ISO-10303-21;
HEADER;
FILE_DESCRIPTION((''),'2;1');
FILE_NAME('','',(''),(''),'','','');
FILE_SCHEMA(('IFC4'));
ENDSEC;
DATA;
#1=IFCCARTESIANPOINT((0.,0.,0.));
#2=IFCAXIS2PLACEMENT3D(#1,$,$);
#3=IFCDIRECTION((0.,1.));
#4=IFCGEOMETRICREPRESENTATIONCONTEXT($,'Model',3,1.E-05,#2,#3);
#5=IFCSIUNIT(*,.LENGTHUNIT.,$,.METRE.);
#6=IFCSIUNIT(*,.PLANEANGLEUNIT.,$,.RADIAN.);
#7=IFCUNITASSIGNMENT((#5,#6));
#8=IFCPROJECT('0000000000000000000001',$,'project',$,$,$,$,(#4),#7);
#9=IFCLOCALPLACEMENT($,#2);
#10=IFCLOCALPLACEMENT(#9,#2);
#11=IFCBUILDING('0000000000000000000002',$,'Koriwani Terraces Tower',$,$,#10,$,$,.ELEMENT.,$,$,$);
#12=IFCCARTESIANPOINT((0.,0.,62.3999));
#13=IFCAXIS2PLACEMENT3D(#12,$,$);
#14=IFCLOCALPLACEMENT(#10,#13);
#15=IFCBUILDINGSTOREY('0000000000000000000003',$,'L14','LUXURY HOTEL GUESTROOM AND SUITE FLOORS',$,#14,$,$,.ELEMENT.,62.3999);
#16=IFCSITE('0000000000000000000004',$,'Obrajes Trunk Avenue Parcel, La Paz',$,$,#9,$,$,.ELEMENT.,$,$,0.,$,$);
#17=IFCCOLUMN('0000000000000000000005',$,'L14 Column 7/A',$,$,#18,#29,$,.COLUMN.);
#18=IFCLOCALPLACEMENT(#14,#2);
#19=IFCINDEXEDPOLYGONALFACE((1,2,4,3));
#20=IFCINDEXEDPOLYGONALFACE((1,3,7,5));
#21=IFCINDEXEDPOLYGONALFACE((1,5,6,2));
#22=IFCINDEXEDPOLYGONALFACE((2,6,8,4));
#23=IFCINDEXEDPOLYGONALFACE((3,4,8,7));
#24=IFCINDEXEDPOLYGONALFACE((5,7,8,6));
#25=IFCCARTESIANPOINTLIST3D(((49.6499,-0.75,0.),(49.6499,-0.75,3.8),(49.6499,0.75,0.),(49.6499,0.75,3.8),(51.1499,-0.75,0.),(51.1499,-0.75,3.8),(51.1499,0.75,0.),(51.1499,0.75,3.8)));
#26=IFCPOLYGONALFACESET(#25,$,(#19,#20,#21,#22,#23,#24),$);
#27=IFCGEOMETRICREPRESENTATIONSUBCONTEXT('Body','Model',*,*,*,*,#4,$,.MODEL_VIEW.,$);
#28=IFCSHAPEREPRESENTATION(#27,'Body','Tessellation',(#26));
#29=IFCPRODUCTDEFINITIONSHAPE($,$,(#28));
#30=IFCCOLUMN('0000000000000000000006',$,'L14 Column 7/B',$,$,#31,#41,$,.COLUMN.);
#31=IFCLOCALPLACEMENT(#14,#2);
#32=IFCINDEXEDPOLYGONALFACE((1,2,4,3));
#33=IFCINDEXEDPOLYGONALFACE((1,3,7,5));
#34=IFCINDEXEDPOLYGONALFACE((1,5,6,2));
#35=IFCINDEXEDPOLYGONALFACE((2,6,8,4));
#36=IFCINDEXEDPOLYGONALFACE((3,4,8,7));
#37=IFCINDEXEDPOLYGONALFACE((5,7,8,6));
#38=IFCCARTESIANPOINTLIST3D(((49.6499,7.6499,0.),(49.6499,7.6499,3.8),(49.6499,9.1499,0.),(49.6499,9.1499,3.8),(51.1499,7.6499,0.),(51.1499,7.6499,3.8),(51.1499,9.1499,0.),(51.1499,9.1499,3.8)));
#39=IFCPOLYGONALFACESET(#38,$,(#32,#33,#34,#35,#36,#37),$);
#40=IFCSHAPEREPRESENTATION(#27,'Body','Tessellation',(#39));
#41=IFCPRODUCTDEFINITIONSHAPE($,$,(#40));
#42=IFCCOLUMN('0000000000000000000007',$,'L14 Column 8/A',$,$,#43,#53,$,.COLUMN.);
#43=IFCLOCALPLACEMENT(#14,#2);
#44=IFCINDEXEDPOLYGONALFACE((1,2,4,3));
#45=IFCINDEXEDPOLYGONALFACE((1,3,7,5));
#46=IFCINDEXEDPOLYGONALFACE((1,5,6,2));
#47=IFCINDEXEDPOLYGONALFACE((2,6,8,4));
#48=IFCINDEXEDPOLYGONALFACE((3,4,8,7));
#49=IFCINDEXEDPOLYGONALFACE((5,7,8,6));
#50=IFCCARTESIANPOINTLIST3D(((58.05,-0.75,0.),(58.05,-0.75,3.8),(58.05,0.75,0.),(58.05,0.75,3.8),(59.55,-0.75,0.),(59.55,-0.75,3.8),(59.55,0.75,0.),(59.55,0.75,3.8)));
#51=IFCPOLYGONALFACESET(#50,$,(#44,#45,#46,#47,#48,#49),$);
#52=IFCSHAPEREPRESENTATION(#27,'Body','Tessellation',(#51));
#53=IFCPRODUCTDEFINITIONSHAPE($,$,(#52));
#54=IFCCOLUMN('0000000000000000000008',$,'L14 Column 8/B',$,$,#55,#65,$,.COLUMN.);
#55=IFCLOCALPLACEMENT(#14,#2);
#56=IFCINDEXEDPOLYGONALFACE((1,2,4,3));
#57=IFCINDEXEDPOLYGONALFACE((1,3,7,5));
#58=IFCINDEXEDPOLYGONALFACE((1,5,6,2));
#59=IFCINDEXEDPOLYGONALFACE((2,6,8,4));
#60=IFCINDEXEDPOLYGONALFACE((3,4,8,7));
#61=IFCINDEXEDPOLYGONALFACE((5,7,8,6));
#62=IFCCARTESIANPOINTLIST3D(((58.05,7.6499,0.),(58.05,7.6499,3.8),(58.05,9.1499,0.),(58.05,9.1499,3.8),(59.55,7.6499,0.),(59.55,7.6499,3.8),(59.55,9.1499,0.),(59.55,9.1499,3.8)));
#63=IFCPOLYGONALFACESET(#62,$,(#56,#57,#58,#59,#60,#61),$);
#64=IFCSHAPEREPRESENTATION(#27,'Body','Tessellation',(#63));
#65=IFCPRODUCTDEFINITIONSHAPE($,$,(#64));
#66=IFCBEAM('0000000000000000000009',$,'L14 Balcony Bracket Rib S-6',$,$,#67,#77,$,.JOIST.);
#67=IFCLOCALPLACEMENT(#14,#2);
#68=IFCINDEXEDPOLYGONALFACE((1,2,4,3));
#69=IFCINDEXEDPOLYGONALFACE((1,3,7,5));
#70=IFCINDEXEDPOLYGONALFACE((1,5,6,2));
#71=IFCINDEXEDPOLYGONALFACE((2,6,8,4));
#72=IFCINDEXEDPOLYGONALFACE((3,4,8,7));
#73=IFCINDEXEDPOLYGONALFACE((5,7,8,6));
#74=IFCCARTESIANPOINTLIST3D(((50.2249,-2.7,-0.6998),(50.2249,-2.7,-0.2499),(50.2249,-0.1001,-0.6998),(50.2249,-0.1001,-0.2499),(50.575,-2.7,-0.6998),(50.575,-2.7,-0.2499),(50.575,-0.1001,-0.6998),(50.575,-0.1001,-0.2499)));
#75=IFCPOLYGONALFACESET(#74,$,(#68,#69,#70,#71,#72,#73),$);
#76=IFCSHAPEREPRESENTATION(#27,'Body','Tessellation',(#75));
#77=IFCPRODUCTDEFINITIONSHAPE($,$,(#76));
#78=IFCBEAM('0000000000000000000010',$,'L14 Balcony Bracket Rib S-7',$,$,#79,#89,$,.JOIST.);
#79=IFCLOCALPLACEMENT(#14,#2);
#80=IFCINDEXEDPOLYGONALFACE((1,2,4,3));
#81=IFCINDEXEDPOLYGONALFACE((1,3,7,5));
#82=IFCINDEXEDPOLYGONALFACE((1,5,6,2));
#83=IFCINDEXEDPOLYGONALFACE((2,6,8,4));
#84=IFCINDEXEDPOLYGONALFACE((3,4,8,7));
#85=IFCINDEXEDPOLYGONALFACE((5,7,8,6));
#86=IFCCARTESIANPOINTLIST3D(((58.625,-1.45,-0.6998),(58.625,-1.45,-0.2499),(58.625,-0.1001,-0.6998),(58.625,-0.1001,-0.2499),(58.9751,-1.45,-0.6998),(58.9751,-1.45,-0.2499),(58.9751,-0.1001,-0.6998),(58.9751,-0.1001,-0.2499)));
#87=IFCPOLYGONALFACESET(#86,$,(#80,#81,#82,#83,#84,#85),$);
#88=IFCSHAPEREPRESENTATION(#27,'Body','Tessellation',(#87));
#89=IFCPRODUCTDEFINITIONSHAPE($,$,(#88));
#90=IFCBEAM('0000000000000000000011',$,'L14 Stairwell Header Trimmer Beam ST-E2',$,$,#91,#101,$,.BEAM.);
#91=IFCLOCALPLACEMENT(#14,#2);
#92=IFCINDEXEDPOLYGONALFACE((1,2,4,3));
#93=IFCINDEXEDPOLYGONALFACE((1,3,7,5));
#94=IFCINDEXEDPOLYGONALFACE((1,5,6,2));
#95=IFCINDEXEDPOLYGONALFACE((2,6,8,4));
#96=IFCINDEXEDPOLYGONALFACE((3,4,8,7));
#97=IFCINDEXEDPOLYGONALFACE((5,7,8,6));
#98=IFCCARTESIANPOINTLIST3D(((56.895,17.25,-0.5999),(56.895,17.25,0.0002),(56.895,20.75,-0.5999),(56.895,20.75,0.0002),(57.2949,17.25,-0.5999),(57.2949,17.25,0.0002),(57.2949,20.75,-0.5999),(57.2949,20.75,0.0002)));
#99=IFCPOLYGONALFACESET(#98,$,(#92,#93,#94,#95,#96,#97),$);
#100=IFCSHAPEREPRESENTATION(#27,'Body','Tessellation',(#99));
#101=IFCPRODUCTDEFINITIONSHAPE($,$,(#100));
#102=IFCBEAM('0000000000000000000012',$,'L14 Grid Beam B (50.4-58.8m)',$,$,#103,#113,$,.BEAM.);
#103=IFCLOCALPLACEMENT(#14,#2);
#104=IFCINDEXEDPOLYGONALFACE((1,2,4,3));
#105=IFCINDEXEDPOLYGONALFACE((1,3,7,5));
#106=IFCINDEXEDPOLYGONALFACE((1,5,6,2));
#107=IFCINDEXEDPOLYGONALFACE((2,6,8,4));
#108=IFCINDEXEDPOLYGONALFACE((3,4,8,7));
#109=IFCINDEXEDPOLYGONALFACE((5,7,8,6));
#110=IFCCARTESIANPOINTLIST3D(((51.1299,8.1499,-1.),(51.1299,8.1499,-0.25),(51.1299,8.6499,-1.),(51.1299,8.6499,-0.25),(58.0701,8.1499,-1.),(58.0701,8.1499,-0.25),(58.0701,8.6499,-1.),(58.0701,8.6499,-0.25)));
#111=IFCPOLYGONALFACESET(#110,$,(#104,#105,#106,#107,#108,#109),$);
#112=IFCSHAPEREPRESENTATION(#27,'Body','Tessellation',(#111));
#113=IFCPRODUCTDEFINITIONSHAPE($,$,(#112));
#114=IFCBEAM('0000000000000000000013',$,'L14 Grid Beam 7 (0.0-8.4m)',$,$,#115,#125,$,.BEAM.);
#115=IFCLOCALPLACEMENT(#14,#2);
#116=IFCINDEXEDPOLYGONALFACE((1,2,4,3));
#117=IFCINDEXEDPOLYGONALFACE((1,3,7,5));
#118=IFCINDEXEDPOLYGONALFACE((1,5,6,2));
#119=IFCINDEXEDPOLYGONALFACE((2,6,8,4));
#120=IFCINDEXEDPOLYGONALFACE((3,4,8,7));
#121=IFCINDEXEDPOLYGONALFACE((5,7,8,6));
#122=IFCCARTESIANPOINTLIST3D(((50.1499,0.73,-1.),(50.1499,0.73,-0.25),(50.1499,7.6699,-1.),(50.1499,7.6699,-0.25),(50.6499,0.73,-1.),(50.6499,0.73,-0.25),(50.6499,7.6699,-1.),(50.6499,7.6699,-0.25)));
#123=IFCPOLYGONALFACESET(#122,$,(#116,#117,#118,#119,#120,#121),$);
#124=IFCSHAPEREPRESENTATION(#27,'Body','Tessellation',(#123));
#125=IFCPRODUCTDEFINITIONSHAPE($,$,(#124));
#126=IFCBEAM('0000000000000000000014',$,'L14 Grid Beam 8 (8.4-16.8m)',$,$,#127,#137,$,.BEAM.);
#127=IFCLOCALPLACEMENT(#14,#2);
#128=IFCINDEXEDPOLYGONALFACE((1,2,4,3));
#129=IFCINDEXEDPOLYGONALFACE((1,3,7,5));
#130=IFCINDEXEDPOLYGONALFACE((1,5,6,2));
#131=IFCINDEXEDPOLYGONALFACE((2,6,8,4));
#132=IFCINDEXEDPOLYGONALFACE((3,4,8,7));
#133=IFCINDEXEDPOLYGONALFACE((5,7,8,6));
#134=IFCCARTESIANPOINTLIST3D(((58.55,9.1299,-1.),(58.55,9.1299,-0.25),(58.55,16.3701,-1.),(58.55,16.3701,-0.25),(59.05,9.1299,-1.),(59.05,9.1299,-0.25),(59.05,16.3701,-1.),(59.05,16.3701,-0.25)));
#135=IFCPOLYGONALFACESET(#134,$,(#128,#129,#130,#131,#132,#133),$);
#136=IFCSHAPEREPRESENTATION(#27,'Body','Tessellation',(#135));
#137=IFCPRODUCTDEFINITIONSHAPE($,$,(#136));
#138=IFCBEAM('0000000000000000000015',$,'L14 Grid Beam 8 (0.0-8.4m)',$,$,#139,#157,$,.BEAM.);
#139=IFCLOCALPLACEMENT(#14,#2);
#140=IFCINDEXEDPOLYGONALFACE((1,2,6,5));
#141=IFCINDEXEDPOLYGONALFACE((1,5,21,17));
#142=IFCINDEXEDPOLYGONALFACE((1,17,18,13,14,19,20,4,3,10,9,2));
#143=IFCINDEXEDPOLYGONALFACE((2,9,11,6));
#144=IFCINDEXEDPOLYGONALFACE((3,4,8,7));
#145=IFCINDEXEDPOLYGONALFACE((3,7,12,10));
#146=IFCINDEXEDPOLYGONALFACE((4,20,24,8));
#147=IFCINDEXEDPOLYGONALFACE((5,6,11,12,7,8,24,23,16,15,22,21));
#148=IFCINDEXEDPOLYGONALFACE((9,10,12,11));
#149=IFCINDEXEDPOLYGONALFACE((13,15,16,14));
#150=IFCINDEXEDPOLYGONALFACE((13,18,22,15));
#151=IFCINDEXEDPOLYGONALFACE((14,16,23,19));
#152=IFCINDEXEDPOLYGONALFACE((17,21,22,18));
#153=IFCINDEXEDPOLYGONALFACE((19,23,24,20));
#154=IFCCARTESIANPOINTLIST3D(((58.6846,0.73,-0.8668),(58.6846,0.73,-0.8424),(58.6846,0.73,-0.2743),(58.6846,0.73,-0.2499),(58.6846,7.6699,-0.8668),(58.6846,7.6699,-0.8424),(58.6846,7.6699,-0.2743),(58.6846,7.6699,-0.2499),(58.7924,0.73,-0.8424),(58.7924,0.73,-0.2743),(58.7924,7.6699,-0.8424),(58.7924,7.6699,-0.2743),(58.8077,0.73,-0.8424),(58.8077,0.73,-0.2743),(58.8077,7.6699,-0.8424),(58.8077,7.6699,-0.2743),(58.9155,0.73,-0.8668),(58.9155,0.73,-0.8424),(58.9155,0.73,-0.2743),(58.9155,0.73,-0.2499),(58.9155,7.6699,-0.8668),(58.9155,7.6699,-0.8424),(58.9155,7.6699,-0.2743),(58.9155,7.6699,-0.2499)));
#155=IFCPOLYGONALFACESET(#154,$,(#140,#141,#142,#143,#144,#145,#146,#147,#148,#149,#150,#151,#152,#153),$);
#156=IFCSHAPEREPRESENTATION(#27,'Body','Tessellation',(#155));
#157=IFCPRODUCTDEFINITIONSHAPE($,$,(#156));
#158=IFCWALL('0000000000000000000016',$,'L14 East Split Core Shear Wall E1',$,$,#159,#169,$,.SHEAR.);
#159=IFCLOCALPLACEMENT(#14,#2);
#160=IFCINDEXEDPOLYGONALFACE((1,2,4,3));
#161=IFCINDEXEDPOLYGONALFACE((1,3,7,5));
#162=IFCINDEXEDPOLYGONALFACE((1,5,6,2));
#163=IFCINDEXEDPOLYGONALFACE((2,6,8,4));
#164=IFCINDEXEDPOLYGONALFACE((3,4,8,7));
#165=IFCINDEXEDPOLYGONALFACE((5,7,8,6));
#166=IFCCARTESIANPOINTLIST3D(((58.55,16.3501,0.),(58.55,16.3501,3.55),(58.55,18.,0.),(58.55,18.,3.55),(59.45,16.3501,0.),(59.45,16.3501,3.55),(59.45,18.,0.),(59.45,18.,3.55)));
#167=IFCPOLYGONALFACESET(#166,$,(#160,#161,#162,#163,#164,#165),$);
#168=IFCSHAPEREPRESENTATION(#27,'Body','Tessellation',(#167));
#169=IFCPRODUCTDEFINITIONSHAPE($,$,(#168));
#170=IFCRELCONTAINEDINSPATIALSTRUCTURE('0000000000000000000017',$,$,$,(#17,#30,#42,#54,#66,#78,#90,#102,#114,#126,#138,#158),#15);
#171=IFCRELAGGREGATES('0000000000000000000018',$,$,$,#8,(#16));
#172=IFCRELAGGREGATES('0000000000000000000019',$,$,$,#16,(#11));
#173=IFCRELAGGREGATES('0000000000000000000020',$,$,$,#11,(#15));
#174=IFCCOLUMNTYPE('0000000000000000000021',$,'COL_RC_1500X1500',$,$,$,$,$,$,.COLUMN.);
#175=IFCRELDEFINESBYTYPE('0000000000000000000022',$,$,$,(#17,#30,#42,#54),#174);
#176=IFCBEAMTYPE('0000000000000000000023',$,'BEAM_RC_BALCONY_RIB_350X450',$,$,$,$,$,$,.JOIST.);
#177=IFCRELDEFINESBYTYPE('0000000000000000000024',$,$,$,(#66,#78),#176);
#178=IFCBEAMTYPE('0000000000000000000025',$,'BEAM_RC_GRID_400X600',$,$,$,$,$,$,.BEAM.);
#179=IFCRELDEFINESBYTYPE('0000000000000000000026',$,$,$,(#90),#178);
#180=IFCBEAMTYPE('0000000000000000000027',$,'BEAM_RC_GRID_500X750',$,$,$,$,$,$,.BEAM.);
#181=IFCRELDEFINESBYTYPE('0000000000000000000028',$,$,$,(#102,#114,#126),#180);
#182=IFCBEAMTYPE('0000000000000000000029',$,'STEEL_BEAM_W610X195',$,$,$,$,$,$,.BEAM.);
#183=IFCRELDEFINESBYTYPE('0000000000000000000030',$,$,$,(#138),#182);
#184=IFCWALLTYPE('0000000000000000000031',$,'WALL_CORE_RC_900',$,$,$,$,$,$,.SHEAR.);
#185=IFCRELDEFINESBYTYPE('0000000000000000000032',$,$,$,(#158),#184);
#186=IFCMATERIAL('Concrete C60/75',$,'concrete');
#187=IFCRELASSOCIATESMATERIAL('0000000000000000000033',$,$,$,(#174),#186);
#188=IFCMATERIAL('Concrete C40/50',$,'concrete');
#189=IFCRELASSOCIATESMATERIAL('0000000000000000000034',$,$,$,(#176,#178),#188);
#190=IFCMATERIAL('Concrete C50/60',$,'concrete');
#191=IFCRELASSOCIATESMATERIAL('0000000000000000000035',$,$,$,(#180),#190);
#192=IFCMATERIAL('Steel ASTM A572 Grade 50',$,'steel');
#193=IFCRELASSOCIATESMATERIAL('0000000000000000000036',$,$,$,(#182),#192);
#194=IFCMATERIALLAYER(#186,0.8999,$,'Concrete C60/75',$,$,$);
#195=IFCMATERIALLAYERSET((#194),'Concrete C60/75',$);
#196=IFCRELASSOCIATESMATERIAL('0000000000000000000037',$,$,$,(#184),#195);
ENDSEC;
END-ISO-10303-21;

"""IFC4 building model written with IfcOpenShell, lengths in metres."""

from ifc_helpers import new_model, si_unit, direction, frame, frame_2d, origin, origin_2d, place, context, subcontext, project, spatial, rectangle, i_section, extrude, material, layer, layer_set, material_profile, profile_set, type_object, element, save


model = new_model("IFC4")

# Units and contexts
model_context = context("Model", 3, precision=1e-05, world=origin(), true_north=direction((0.0, 1.0)))
body_context = subcontext(model_context, "Body", "Model", "MODEL_VIEW")
ifc_project = project(units=[si_unit("LENGTHUNIT", "METRE"), si_unit("PLANEANGLEUNIT", "RADIAN")], contexts=[model_context])

# Site, building, storey
site_placement = place(None, origin())
site = spatial("IfcSite", under=ifc_project, at=site_placement, Name="Obrajes Trunk Avenue Parcel, La Paz", CompositionType="ELEMENT", RefElevation=0.0)
building_placement = place(site_placement, origin())
building = spatial("IfcBuilding", under=site, at=building_placement, Name="Koriwani Terraces Tower", CompositionType="ELEMENT")
storey_placement = place(building_placement, frame((0.0, 0.0, 62.3999)))
storey = spatial("IfcBuildingStorey", under=building, at=storey_placement, Name="L14", Description="LUXURY HOTEL GUESTROOM AND SUITE FLOORS", CompositionType="ELEMENT", Elevation=62.3999)

# Columns
ifc_material_1 = material(Name="Concrete C60/75", Category="concrete")
ifc_material_profile_1 = material_profile(ifc_material_1, rectangle(XDim=1.5, YDim=1.5, at=origin_2d()), Name="Concrete C60/75", Category="LoadBearing")
ifc_profile_set_1 = profile_set([ifc_material_profile_1], Name="Concrete C60/75")
column_type = type_object("IfcColumnType", Name="COL_RC_1500X1500", PredefinedType="COLUMN", material=ifc_profile_set_1)
for number, where, z_axis, x_axis, name in (
    (1, (50.3999, 0.0, 0.0), (0.0, 0.0, 1.0), (1.0, 0.0, 0.0), "L14 Column 7/A"),
    (2, (50.3999, 8.3999, 0.0), (0.0, 0.0, 1.0), (1.0, 0.0, 0.0), "L14 Column 7/B"),
    (3, (58.8, 0.0, 0.0), (0.0, 0.0, 1.0), (1.0, 0.0, 0.0), "L14 Column 8/A"),
    (4, (58.8, 8.3999, 0.0), (0.0, 0.0, 1.0), (1.0, 0.0, 0.0), "L14 Column 8/B"),
):
    element("IfcColumn", number, at=place(storey_placement, frame(where, z_axis=z_axis, x_axis=x_axis)), inside=storey, type_object=column_type, Name=name, PredefinedType="COLUMN", context=body_context, shape_type="SweptSolid", body=[
        extrude(rectangle(XDim=1.5, YDim=1.5, at=origin_2d()), origin(), (0.0, 0.0, 1.0), 3.8),
    ])

# Beams
ifc_material_2 = material(Name="Concrete C40/50", Category="concrete")
ifc_material_profile_2 = material_profile(ifc_material_2, rectangle(XDim=0.3501, YDim=0.45, at=origin_2d()), Name="Concrete C40/50", Category="LoadBearing")
ifc_profile_set_2 = profile_set([ifc_material_profile_2], Name="Concrete C40/50")
beam_type_1 = type_object("IfcBeamType", Name="BEAM_RC_BALCONY_RIB_350X450", PredefinedType="JOIST", material=ifc_profile_set_2)
beam_1_placement = place(storey_placement, frame((50.3999, -2.7, -0.4749), z_axis=(0.0, 1.0, 0.0), x_axis=(-1.0, 0.0, 0.0)))
element("IfcBeam", 5, at=beam_1_placement, inside=storey, type_object=beam_type_1, Name="L14 Balcony Bracket Rib S-6", PredefinedType="JOIST", context=body_context, shape_type="SweptSolid", body=[
    extrude(rectangle(XDim=0.3501, YDim=0.45, at=origin_2d()), origin(), (0.0, 0.0, 1.0), 2.5999),
])
beam_2_placement = place(storey_placement, frame((58.8, -1.45, -0.4749), z_axis=(0.0, 1.0, 0.0), x_axis=(-1.0, 0.0, 0.0)))
element("IfcBeam", 6, at=beam_2_placement, inside=storey, type_object=beam_type_1, Name="L14 Balcony Bracket Rib S-7", PredefinedType="JOIST", context=body_context, shape_type="SweptSolid", body=[
    extrude(rectangle(XDim=0.3501, YDim=0.45, at=origin_2d()), origin(), (0.0, 0.0, 1.0), 1.3499),
])
ifc_material_profile_3 = material_profile(ifc_material_2, rectangle(XDim=0.3999, YDim=0.6001, at=origin_2d()), Name="Concrete C40/50", Category="LoadBearing")
ifc_profile_set_3 = profile_set([ifc_material_profile_3], Name="Concrete C40/50")
beam_type_2 = type_object("IfcBeamType", Name="BEAM_RC_GRID_400X600", PredefinedType="BEAM", material=ifc_profile_set_3)
beam_3_placement = place(storey_placement, frame((57.095, 17.25, -0.2998), z_axis=(0.0, 1.0, 0.0), x_axis=(-1.0, 0.0, 0.0)))
element("IfcBeam", 7, at=beam_3_placement, inside=storey, type_object=beam_type_2, Name="L14 Stairwell Header Trimmer Beam ST-E2", PredefinedType="BEAM", context=body_context, shape_type="SweptSolid", body=[
    extrude(rectangle(XDim=0.3999, YDim=0.6001, at=origin_2d()), origin(), (0.0, 0.0, 1.0), 3.5),
])
ifc_material_3 = material(Name="Concrete C50/60", Category="concrete")
ifc_material_profile_4 = material_profile(ifc_material_3, rectangle(XDim=0.5, YDim=0.75, at=origin_2d()), Name="Concrete C50/60", Category="LoadBearing")
ifc_profile_set_4 = profile_set([ifc_material_profile_4], Name="Concrete C50/60")
beam_type_3 = type_object("IfcBeamType", Name="BEAM_RC_GRID_500X750", PredefinedType="BEAM", material=ifc_profile_set_4)
beam_4_placement = place(storey_placement, frame((51.1299, 8.3999, -0.625), z_axis=(1.0, 0.0, 0.0), x_axis=(0.0, 1.0, 0.0)))
element("IfcBeam", 8, at=beam_4_placement, inside=storey, type_object=beam_type_3, Name="L14 Grid Beam B (50.4-58.8m)", PredefinedType="BEAM", context=body_context, shape_type="SweptSolid", body=[
    extrude(rectangle(XDim=0.5, YDim=0.75, at=origin_2d()), origin(), (0.0, 0.0, 1.0), 6.9402),
])
beam_5_placement = place(storey_placement, frame((50.3999, 0.73, -0.625), z_axis=(0.0, 1.0, 0.0), x_axis=(-1.0, 0.0, 0.0)))
element("IfcBeam", 9, at=beam_5_placement, inside=storey, type_object=beam_type_3, Name="L14 Grid Beam 7 (0.0-8.4m)", PredefinedType="BEAM", context=body_context, shape_type="SweptSolid", body=[
    extrude(rectangle(XDim=0.5, YDim=0.75, at=origin_2d()), origin(), (0.0, 0.0, 1.0), 6.9399),
])
beam_6_placement = place(storey_placement, frame((58.8, 9.1299, -0.625), z_axis=(0.0, 1.0, 0.0), x_axis=(-1.0, 0.0, 0.0)))
element("IfcBeam", 10, at=beam_6_placement, inside=storey, type_object=beam_type_3, Name="L14 Grid Beam 8 (8.4-16.8m)", PredefinedType="BEAM", context=body_context, shape_type="SweptSolid", body=[
    extrude(rectangle(XDim=0.5, YDim=0.75, at=origin_2d()), origin(), (0.0, 0.0, 1.0), 7.2402),
])
ifc_material_4 = material(Name="Steel ASTM A572 Grade 50", Category="steel")
ifc_material_profile_5 = material_profile(ifc_material_4, i_section(OverallWidth=0.231, OverallDepth=0.6169, WebThickness=0.0154, FlangeThickness=0.0244, at=origin_2d()), Name="Steel ASTM A572 Grade 50", Category="LoadBearing")
ifc_profile_set_5 = profile_set([ifc_material_profile_5], Name="Steel ASTM A572 Grade 50")
beam_type_4 = type_object("IfcBeamType", Name="STEEL_BEAM_W610X195", PredefinedType="BEAM", material=ifc_profile_set_5)
beam_7_placement = place(storey_placement, frame((58.8, 0.73, -0.5583), z_axis=(0.0, 1.0, 0.0), x_axis=(-1.0, 0.0, 0.0)))
element("IfcBeam", 11, at=beam_7_placement, inside=storey, type_object=beam_type_4, Name="L14 Grid Beam 8 (0.0-8.4m)", PredefinedType="BEAM", context=body_context, shape_type="SweptSolid", body=[
    extrude(i_section(OverallWidth=0.231, OverallDepth=0.6169, WebThickness=0.0154, FlangeThickness=0.0244, at=origin_2d()), origin(), (0.0, 0.0, 1.0), 6.9399),
])

# Wall
ifc_layer_1 = layer(ifc_material_1, 0.8999, Name="Concrete C60/75")
ifc_layer_set_1 = layer_set([ifc_layer_1], Name="Concrete C60/75")
wall_type_1 = type_object("IfcWallType", Name="WALL_CORE_RC_900", PredefinedType="SHEAR", material=ifc_layer_set_1)
wall_1_placement = place(storey_placement, frame((59.0, 16.3501, 0.0), z_axis=(0.0, 0.0, 1.0), x_axis=(0.0, 1.0, 0.0)))
element("IfcWall", 12, at=wall_1_placement, inside=storey, type_object=wall_type_1, Name="L14 East Split Core Shear Wall E1", PredefinedType="SHEAR", context=body_context, shape_type="SweptSolid", body=[
    extrude(rectangle(XDim=1.6499, YDim=0.8999, at=frame_2d((0.825, 0.0))), origin(), (0.0, 0.0, 1.0), 3.55),
])

save(model, "model.ifc")
